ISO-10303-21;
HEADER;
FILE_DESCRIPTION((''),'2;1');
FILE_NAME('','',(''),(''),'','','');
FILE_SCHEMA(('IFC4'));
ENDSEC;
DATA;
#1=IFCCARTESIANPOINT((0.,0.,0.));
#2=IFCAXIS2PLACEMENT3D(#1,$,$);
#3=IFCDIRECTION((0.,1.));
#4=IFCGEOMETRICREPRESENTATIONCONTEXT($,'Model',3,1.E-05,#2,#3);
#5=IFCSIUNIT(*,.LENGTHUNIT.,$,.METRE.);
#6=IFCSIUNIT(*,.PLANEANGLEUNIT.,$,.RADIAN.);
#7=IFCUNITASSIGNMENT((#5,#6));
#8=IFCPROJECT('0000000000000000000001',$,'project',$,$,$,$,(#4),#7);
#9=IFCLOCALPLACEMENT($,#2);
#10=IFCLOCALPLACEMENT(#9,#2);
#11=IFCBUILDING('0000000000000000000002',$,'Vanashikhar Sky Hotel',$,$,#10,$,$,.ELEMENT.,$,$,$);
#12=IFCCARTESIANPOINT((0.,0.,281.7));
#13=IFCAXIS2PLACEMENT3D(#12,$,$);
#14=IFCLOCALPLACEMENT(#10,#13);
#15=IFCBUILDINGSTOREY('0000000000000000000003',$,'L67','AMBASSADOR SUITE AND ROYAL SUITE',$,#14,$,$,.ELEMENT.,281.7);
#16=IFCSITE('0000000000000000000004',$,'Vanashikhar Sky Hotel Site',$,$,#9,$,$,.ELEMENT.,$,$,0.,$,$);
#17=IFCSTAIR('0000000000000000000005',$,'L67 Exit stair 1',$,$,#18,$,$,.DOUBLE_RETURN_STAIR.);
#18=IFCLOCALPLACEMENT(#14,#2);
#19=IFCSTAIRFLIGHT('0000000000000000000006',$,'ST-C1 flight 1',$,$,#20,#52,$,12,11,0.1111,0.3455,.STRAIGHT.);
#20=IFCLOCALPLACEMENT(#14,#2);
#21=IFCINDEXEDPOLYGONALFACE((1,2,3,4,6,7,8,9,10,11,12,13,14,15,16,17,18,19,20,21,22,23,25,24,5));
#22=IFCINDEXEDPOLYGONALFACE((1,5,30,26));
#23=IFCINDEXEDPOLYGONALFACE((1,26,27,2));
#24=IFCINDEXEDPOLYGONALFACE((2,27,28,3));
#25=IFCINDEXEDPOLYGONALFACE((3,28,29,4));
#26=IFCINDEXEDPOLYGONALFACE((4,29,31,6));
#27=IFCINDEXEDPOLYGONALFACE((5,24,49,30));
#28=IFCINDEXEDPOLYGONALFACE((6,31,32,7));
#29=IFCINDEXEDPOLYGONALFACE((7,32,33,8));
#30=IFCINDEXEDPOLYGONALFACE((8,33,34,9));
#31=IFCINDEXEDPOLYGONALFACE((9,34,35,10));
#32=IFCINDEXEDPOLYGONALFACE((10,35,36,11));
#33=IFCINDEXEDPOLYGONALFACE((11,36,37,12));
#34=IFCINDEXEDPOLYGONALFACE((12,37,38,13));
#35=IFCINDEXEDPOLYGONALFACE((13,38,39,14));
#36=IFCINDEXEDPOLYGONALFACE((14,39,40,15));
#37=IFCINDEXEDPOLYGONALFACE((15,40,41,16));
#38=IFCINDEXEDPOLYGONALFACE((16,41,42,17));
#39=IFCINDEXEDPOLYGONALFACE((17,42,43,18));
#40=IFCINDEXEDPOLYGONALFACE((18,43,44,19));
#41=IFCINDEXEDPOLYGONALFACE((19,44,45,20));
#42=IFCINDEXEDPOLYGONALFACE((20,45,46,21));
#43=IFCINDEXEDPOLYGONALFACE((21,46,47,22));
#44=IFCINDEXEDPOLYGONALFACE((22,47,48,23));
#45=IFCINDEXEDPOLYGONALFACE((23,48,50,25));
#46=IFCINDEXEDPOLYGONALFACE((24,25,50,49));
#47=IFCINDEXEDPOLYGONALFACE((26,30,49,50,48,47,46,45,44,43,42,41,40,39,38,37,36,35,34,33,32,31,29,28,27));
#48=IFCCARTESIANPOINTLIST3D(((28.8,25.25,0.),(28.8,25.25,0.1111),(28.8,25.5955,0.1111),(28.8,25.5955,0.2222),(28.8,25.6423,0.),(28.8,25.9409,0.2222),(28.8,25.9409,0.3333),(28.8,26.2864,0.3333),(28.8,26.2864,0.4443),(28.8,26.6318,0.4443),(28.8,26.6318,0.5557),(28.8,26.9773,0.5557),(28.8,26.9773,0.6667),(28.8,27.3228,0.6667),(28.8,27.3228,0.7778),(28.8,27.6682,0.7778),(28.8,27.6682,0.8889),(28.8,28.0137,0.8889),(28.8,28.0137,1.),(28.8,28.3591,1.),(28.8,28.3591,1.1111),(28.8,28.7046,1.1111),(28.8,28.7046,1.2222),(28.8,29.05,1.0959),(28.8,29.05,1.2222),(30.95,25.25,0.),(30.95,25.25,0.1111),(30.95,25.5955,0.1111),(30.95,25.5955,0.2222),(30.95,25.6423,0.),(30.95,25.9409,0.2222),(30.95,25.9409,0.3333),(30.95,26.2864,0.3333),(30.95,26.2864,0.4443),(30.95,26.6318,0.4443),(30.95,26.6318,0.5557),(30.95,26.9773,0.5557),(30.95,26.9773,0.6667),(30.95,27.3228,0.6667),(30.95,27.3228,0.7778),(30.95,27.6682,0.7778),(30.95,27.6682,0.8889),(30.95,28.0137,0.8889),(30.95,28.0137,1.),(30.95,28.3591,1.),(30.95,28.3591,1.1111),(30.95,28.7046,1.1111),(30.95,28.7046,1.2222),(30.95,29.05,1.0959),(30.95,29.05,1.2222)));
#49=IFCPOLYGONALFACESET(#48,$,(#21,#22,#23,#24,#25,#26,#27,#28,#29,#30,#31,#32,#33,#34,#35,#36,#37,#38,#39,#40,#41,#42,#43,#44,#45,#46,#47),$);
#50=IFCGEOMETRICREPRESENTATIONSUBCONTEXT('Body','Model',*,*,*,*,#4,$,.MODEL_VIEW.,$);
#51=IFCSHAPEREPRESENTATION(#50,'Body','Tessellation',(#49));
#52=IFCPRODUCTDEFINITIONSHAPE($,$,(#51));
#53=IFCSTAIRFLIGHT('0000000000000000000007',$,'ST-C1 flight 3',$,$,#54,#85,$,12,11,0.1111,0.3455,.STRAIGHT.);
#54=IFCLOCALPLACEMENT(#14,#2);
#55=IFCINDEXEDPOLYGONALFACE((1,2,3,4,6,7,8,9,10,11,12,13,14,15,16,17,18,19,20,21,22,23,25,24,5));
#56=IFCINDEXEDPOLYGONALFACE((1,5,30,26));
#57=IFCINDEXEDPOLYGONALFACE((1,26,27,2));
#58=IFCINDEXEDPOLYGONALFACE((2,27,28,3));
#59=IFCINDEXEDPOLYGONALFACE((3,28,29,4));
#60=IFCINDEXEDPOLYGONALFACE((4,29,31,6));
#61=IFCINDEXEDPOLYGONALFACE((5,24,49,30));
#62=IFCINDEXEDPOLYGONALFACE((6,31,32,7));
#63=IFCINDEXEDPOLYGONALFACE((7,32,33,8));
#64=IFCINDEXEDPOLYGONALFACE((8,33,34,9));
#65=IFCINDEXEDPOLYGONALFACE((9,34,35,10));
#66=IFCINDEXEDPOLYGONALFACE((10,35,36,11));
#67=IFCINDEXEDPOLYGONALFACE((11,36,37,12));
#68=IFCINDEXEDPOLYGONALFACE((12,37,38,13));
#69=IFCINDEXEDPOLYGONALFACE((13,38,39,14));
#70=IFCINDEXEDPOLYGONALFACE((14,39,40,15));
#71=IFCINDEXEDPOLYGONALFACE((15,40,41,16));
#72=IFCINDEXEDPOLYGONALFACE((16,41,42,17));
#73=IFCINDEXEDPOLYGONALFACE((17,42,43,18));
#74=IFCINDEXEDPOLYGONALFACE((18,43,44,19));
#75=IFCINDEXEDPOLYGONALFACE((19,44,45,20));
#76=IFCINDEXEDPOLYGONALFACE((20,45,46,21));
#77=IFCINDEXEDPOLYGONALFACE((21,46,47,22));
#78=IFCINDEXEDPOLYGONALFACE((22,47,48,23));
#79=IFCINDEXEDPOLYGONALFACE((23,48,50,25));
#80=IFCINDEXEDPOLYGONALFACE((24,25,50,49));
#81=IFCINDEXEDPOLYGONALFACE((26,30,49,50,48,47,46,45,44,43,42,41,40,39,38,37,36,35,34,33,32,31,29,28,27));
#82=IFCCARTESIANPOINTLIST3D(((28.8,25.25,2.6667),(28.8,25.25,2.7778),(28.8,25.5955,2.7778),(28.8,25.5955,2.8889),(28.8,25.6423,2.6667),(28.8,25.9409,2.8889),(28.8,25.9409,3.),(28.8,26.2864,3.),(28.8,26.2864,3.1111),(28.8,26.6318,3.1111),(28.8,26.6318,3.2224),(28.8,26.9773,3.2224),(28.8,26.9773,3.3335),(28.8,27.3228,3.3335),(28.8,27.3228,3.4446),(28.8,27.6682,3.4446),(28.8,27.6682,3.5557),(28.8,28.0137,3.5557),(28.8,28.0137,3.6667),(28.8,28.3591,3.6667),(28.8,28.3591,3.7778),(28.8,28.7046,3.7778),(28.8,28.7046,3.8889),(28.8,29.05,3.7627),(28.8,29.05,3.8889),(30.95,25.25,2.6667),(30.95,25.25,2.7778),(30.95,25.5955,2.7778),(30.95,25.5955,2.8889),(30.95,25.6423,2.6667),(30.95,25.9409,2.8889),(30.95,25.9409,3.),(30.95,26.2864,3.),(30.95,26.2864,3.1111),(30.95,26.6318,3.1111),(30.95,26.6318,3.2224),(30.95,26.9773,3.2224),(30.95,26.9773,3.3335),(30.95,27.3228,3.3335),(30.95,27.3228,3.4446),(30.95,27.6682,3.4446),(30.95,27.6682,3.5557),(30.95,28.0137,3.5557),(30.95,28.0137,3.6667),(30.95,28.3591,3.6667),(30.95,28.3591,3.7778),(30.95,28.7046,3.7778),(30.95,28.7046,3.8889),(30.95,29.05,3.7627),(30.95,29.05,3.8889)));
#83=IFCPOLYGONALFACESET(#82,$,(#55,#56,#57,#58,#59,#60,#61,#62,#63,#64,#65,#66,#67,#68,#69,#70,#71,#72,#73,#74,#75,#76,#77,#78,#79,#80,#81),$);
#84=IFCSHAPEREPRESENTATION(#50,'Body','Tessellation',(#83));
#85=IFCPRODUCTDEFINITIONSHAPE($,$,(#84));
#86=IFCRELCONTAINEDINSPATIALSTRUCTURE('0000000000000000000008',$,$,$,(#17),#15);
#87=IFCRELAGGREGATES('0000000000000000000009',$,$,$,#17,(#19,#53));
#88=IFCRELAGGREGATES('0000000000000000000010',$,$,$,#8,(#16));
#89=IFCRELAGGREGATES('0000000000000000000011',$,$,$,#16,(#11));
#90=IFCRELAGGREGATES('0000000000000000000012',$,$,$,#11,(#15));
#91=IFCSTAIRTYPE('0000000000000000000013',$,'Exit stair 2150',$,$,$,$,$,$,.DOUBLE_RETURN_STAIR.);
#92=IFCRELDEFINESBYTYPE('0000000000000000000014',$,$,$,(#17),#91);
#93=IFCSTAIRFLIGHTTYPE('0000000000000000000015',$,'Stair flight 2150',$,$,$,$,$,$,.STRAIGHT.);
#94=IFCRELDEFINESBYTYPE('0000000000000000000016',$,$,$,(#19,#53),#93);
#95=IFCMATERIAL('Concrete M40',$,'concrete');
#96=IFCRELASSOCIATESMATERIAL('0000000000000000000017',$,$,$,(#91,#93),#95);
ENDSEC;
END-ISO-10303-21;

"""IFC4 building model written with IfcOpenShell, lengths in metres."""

from ifc_helpers import new_model, si_unit, direction, frame, origin, place, context, subcontext, project, spatial, polyline, outline, extrude, source, transform, mapped, material, type_object, element, aggregate, save


model = new_model("IFC4")

# Units and contexts
model_context = context("Model", 3, precision=1e-05, world=origin(), true_north=direction((0.0, 1.0)))
body_context = subcontext(model_context, "Body", "Model", "MODEL_VIEW")
ifc_project = project(units=[si_unit("LENGTHUNIT", "METRE"), si_unit("PLANEANGLEUNIT", "RADIAN")], contexts=[model_context])

# Site, building, storey
site_placement = place(None, origin())
site = spatial("IfcSite", under=ifc_project, at=site_placement, Name="Vanashikhar Sky Hotel Site", CompositionType="ELEMENT", RefElevation=0.0)
building_placement = place(site_placement, origin())
building = spatial("IfcBuilding", under=site, at=building_placement, Name="Vanashikhar Sky Hotel", CompositionType="ELEMENT")
storey_placement = place(building_placement, frame((0.0, 0.0, 281.7)))
storey = spatial("IfcBuildingStorey", under=building, at=storey_placement, Name="L67", Description="AMBASSADOR SUITE AND ROYAL SUITE", CompositionType="ELEMENT", Elevation=281.7)

# Shared definitions
ifc_material_1 = material(Name="Concrete M40", Category="concrete")

# Stair, stair flights
stair_type = type_object("IfcStairType", Name="Exit stair 2150", PredefinedType="DOUBLE_RETURN_STAIR", material=ifc_material_1)
stair_placement = place(storey_placement, origin())
stair = element("IfcStair", 1, at=stair_placement, inside=storey, type_object=stair_type, Name="L67 Exit stair 1", PredefinedType="DOUBLE_RETURN_STAIR")
stair_flight_type = type_object("IfcStairFlightType", Name="Stair flight 2150", PredefinedType="STRAIGHT", material=ifc_material_1)
shared_shape_1 = source(origin(), body_context, "Body", "SweptSolid", [
    extrude(outline(polyline([(0.0, 0.0), (0.0, 0.1111), (0.3455, 0.1111), (0.3455, 0.2222), (0.6909, 0.2222), (0.6909, 0.3333), (1.0364, 0.3333), (1.0364, 0.4443), (1.3818, 0.4443), (1.3818, 0.5557), (1.7273, 0.5557), (1.7273, 0.6667), (2.0728, 0.6667), (2.0728, 0.7778), (2.4182, 0.7778), (2.4182, 0.8889), (2.7637, 0.8889), (2.7637, 1.0), (3.1091, 1.0), (3.1091, 1.1111), (3.4546, 1.1111), (3.4546, 1.2222), (3.8, 1.2222), (3.8, 1.3333), (3.8, 1.0959), (0.3923, 0.0), (0.0, 0.0)])), frame((0.0, 1.075, 0.0), z_axis=(0.0, -1.0, 0.0), x_axis=(1.0, 0.0, 0.0)), (0.0, 0.0, 1.0), 2.1499),
])
stair_flight_1_placement = place(storey_placement, frame((29.875, 25.25, 0.0), z_axis=(0.0, 0.0, 1.0), x_axis=(0.0, 1.0, 0.0)))
stair_flight_1 = element("IfcStairFlight", 2, at=stair_flight_1_placement, type_object=stair_flight_type, Name="ST-C1 flight 1", NumberOfRisers=12, NumberOfTreads=11, PredefinedType="STRAIGHT", RiserHeight=0.1111, TreadLength=0.3455, context=body_context, shape_type="MappedRepresentation", body=[
    mapped(shared_shape_1, transform((0.0, 0.0, 0.0), scale=1.0)),
])
stair_flight_2_placement = place(storey_placement, frame((29.875, 25.25, 2.6667), z_axis=(0.0, 0.0, 1.0), x_axis=(0.0, 1.0, 0.0)))
stair_flight_2 = element("IfcStairFlight", 3, at=stair_flight_2_placement, type_object=stair_flight_type, Name="ST-C1 flight 3", NumberOfRisers=12, NumberOfTreads=11, PredefinedType="STRAIGHT", RiserHeight=0.1111, TreadLength=0.3455, context=body_context, shape_type="MappedRepresentation", body=[
    mapped(shared_shape_1, transform((0.0, 0.0, 0.0), scale=1.0)),
])
aggregate(stair, [stair_flight_1, stair_flight_2])

save(model, "model.ifc")
